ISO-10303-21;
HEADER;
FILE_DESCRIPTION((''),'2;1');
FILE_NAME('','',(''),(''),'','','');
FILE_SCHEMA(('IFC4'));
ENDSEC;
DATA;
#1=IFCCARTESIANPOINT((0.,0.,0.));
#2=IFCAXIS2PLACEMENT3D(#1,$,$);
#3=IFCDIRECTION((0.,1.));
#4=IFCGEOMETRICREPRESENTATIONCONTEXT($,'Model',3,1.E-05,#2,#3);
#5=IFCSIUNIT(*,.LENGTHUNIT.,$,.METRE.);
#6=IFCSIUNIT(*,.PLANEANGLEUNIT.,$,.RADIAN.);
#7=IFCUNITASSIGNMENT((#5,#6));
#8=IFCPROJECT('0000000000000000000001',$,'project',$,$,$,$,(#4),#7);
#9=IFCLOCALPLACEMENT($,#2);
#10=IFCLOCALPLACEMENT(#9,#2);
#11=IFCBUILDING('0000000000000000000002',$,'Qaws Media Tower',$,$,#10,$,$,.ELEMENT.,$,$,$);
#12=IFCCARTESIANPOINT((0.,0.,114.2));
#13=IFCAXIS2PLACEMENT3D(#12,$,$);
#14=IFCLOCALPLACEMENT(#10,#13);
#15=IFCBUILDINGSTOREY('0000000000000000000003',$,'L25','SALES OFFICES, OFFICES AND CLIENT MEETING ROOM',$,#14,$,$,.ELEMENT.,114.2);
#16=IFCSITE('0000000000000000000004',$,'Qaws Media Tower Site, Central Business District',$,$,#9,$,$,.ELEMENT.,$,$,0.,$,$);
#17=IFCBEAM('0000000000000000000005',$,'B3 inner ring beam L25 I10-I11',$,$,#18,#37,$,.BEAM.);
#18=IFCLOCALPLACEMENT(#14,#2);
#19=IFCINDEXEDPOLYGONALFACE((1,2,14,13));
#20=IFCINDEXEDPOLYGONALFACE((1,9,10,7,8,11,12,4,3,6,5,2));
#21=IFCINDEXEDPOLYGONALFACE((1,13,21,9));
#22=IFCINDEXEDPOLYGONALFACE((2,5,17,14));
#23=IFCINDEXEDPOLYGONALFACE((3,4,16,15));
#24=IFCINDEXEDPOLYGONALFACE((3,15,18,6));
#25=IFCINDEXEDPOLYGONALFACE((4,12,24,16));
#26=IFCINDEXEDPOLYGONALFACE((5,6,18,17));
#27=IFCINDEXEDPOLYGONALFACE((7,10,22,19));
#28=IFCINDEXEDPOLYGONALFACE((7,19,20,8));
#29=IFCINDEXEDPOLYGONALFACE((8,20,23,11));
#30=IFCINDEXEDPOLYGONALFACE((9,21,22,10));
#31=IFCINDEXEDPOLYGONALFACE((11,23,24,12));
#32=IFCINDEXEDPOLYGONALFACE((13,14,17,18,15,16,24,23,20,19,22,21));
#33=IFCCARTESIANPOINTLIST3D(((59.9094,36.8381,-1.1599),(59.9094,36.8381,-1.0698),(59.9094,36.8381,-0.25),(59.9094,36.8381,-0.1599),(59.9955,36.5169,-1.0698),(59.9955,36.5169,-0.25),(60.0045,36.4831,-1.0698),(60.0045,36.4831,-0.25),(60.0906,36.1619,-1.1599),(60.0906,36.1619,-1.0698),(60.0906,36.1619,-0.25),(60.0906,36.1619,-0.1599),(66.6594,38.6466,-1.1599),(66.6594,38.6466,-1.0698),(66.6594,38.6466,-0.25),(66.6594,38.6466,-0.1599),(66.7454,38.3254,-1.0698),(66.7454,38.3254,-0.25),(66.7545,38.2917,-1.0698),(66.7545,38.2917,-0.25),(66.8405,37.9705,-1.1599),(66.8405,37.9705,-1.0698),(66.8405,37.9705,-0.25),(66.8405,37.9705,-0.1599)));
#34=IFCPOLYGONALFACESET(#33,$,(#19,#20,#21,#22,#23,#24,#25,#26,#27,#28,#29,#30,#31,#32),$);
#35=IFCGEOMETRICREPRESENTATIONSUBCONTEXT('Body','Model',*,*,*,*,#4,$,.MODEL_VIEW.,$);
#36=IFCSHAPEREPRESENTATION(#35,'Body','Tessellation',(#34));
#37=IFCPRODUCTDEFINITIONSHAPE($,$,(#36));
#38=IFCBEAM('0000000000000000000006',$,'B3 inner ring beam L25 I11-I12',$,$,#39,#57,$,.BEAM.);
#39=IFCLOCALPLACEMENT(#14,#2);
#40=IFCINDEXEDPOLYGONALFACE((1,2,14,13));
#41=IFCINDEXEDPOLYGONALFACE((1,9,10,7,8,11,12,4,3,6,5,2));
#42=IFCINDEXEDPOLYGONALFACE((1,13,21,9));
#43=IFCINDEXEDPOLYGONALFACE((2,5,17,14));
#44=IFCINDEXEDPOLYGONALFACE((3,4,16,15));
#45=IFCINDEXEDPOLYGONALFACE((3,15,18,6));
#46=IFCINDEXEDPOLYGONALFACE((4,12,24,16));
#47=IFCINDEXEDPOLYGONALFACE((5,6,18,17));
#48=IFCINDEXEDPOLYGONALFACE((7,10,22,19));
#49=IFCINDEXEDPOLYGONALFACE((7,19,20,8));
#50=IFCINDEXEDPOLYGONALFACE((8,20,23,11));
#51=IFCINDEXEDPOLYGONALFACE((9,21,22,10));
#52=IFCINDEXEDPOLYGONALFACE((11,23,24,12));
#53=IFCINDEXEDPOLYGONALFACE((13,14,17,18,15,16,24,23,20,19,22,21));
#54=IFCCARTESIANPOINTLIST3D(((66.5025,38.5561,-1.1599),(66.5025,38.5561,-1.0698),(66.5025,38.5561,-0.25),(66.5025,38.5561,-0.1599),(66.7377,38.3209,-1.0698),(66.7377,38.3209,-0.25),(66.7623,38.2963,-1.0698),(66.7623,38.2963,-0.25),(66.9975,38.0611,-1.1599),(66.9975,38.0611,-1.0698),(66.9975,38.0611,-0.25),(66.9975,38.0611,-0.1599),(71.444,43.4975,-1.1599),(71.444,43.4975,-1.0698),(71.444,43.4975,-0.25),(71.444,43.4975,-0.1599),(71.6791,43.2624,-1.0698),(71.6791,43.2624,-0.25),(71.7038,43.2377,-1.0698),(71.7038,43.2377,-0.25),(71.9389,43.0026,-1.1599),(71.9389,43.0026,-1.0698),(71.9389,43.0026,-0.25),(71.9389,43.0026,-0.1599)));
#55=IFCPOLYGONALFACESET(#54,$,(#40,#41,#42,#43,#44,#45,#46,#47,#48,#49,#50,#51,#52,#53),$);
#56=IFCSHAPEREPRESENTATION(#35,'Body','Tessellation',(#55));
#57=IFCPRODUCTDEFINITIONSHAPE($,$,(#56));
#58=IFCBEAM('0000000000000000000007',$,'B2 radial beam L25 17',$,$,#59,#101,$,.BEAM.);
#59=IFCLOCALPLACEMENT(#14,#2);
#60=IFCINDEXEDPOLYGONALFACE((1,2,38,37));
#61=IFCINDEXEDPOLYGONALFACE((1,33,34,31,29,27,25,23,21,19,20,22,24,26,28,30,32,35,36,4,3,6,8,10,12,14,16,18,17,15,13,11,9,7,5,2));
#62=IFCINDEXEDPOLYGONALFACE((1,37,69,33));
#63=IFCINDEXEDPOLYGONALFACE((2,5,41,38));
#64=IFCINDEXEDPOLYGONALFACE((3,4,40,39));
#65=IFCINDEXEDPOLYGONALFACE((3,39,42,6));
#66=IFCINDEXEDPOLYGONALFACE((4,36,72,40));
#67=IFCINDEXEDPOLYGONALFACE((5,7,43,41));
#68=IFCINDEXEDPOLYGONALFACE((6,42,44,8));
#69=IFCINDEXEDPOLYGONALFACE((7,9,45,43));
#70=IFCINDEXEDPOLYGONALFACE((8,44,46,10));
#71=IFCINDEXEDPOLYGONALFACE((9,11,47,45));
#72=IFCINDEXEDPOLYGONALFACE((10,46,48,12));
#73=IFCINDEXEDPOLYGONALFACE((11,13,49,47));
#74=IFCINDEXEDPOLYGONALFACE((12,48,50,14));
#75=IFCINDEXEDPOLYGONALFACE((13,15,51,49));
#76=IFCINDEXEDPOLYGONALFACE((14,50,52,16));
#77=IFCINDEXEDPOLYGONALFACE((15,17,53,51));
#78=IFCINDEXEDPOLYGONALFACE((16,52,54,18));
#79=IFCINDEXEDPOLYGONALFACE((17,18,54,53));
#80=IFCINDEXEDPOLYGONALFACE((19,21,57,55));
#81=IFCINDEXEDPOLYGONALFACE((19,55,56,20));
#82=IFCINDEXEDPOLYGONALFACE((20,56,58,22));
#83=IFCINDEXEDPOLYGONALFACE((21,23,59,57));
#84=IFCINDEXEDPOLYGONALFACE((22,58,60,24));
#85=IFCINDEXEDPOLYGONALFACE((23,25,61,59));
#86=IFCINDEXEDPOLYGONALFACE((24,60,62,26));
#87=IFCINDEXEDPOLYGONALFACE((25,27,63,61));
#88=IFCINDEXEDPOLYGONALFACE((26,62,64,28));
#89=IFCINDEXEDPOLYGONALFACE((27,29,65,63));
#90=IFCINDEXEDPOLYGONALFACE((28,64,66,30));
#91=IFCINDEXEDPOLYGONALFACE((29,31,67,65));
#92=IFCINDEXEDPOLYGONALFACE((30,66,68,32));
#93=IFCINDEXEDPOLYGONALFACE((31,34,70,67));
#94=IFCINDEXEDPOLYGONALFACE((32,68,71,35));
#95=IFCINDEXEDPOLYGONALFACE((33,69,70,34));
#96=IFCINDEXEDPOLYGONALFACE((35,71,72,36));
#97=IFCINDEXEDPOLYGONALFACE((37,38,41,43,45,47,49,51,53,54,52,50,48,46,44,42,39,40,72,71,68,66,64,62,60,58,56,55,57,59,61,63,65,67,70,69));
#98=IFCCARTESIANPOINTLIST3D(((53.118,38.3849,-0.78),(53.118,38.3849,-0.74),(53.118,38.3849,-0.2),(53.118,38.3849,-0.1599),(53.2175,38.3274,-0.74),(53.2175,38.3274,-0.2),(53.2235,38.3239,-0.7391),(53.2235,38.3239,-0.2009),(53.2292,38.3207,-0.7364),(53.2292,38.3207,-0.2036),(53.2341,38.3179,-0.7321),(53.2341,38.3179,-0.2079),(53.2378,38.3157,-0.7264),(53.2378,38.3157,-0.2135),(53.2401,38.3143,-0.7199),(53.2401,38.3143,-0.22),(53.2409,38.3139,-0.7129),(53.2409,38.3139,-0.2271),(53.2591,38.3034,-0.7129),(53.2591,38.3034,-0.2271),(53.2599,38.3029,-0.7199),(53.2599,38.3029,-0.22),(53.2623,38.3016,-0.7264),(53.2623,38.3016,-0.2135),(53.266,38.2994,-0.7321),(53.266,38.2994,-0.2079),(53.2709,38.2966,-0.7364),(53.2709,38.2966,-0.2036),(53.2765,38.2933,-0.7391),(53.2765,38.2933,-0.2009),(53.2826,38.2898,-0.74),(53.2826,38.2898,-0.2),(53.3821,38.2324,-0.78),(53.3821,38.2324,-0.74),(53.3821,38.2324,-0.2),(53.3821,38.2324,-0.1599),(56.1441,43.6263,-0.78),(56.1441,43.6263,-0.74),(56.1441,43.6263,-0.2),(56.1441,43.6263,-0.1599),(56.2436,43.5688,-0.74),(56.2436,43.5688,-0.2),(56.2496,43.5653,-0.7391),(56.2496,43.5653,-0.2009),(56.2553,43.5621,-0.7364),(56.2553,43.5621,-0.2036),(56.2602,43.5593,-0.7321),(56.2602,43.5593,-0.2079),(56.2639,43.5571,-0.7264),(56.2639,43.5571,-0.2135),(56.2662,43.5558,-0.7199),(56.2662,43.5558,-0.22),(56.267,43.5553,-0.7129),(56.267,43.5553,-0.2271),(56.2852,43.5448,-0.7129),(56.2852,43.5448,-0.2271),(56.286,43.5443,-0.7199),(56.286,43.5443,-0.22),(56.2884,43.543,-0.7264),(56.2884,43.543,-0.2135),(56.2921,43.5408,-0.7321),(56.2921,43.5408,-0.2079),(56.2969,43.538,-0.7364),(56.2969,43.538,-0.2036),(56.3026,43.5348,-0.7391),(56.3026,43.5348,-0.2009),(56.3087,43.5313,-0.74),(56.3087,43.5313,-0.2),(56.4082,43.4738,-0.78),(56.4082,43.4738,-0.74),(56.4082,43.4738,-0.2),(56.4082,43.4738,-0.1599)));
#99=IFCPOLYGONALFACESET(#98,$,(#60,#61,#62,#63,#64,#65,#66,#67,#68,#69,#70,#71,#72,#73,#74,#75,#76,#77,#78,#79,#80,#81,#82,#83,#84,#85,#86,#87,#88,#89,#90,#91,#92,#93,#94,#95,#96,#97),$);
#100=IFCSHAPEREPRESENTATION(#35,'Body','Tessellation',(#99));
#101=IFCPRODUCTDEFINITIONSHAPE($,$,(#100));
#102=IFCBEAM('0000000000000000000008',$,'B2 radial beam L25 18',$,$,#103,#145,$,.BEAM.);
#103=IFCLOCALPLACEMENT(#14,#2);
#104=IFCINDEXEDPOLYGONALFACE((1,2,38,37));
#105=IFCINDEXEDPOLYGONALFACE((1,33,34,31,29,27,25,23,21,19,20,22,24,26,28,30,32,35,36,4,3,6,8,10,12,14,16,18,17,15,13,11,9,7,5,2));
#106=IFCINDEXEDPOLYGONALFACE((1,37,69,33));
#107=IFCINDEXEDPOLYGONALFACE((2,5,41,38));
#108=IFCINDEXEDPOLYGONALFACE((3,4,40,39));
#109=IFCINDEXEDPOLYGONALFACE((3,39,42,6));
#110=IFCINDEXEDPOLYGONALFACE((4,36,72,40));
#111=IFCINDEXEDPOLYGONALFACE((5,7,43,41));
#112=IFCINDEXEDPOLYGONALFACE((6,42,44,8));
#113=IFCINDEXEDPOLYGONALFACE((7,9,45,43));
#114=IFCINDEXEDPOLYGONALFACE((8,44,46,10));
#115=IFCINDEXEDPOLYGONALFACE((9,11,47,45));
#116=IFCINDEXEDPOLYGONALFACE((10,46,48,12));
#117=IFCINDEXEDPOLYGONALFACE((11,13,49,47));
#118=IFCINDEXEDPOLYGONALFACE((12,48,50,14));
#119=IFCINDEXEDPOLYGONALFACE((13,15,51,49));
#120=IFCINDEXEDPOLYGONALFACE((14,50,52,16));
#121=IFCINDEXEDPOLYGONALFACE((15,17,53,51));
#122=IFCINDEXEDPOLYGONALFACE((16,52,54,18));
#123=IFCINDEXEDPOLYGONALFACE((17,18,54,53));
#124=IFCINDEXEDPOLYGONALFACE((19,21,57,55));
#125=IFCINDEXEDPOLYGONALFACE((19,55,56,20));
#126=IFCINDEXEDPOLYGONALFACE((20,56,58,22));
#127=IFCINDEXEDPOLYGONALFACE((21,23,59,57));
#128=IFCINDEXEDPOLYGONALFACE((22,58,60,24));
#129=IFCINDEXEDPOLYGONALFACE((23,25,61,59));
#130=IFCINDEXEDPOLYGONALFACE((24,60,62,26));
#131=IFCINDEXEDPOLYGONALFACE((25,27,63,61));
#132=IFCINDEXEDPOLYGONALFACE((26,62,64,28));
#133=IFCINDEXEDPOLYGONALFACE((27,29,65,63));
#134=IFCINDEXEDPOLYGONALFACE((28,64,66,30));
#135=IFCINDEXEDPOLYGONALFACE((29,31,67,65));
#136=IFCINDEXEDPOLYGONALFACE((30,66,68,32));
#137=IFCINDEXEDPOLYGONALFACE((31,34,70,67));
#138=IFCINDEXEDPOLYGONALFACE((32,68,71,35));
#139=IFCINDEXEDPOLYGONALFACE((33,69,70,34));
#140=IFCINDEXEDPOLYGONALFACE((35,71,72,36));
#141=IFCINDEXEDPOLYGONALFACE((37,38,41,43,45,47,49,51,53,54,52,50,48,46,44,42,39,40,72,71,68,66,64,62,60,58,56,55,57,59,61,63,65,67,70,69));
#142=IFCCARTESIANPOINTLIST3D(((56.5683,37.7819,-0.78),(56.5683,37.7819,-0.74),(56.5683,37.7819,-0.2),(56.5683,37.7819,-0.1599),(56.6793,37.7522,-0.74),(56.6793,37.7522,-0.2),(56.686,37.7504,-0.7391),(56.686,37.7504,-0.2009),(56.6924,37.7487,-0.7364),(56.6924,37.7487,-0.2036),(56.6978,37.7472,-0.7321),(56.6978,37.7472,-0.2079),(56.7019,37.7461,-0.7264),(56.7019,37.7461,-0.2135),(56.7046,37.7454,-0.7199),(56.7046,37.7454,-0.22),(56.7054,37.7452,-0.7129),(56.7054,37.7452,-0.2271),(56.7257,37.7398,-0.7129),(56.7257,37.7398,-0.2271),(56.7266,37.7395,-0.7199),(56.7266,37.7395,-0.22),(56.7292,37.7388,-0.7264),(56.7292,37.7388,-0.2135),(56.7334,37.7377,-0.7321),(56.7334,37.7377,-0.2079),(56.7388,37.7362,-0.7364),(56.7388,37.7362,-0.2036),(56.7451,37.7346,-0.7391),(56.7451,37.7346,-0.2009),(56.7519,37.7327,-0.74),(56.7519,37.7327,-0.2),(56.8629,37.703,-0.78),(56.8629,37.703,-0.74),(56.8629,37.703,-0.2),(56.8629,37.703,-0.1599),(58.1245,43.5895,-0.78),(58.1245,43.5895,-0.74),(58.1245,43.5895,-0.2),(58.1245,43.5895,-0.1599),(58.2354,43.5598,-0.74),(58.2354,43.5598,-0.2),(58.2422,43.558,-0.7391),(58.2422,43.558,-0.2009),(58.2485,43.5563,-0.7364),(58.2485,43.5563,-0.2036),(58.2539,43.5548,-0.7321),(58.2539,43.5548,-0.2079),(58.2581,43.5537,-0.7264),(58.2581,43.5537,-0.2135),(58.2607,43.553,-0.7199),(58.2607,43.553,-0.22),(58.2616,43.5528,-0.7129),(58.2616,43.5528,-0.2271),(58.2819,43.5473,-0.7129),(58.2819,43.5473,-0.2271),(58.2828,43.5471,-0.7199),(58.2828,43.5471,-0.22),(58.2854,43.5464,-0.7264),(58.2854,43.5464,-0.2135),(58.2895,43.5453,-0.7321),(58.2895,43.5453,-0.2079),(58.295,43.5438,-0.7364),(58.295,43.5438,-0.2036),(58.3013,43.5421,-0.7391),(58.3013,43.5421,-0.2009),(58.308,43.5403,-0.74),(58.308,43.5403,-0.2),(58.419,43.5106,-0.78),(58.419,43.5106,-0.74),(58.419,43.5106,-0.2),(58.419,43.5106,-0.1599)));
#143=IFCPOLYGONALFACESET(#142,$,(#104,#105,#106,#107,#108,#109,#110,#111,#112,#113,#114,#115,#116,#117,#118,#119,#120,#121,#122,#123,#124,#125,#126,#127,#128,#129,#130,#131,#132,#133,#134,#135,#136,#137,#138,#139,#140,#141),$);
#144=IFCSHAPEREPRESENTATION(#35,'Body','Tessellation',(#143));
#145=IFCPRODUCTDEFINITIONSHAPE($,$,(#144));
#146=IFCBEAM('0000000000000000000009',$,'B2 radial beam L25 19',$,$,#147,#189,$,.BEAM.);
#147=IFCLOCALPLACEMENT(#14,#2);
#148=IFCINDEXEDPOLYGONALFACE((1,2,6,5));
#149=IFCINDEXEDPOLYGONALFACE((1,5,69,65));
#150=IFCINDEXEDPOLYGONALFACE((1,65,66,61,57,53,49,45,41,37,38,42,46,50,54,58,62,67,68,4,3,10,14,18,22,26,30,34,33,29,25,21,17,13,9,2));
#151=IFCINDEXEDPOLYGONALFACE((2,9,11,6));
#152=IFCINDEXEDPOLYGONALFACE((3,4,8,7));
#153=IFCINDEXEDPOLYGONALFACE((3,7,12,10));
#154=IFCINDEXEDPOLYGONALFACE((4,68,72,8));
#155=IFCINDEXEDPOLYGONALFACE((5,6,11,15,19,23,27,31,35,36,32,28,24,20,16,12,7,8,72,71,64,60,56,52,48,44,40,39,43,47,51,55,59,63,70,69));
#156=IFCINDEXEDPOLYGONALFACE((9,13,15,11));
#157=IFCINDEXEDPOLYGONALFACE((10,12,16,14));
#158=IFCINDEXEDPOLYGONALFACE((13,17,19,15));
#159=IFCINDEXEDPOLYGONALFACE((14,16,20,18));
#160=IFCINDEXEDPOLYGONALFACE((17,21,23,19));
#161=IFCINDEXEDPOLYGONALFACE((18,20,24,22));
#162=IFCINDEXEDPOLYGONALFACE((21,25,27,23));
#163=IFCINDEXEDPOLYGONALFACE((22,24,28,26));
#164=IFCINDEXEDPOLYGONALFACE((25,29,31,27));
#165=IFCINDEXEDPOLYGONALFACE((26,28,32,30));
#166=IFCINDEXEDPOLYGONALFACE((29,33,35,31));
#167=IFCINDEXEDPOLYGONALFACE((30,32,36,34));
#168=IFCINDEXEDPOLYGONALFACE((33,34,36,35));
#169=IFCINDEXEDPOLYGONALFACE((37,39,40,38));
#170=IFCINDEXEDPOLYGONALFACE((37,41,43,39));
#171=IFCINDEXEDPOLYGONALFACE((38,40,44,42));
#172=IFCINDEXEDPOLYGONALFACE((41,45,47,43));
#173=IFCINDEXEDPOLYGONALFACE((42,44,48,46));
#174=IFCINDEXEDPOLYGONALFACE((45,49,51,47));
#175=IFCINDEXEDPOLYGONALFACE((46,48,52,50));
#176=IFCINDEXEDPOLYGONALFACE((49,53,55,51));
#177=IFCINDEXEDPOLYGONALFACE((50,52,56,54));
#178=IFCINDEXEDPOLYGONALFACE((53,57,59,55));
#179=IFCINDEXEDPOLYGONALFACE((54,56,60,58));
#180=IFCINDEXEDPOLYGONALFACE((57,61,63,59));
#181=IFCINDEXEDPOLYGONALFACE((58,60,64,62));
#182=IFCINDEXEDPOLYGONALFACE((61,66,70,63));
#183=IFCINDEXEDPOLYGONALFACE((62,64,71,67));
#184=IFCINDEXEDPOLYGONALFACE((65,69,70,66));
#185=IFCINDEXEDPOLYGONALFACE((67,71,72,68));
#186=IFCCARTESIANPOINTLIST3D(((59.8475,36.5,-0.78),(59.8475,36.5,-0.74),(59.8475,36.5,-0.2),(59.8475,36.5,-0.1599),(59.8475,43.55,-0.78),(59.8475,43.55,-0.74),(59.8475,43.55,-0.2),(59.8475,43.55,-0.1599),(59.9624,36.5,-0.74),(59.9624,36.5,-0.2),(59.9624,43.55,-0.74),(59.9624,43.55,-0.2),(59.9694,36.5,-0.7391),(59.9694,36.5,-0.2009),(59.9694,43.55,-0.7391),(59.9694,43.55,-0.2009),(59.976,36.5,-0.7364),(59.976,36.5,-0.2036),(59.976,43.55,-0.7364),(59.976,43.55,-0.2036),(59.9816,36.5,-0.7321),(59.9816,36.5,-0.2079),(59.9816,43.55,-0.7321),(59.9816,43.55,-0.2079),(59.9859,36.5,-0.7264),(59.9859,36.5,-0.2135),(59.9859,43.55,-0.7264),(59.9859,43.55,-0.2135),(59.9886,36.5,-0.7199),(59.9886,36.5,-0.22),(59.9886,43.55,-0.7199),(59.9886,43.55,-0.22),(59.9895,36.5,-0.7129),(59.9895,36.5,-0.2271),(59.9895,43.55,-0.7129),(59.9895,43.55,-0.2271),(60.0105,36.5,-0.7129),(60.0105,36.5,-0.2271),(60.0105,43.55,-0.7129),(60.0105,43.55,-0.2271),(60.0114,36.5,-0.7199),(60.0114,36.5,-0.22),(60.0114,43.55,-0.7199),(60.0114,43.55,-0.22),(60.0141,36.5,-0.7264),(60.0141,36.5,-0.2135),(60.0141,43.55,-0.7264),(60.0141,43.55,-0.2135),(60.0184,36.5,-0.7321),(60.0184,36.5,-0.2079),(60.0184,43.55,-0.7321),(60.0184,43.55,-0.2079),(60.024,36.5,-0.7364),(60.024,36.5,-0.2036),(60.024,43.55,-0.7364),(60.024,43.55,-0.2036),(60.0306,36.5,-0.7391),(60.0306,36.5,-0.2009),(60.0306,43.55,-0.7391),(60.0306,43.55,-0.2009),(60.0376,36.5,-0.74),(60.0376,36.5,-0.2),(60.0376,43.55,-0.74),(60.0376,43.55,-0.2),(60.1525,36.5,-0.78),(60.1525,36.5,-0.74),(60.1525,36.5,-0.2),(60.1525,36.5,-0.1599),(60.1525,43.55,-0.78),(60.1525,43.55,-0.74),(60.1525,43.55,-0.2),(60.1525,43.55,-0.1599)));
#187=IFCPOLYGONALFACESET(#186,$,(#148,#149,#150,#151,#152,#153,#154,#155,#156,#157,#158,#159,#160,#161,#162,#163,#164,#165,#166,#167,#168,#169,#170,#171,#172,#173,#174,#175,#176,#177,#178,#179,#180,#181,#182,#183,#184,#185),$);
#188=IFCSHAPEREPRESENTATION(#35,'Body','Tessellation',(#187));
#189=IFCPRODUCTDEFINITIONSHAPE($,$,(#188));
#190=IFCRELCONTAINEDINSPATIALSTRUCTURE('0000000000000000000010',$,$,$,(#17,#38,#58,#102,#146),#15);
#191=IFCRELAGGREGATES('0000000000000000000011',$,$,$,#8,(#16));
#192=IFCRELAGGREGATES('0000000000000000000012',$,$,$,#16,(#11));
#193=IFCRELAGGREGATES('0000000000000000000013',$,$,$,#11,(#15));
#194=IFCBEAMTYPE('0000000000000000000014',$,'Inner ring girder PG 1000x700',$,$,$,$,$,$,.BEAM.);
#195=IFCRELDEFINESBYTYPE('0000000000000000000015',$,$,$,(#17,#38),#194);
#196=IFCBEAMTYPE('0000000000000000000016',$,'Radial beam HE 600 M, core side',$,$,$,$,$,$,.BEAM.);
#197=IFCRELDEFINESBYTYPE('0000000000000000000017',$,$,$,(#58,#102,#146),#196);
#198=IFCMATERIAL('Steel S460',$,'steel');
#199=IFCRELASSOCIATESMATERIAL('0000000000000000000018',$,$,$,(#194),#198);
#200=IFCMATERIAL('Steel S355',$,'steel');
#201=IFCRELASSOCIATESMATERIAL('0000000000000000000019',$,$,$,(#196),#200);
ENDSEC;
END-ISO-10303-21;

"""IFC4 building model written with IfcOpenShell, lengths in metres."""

from ifc_helpers import new_model, si_unit, direction, frame, origin, origin_2d, place, context, subcontext, project, spatial, i_section, extrude, material, material_profile, profile_set, type_object, element, save


model = new_model("IFC4")

# Units and contexts
model_context = context("Model", 3, precision=1e-05, world=origin(), true_north=direction((0.0, 1.0)))
body_context = subcontext(model_context, "Body", "Model", "MODEL_VIEW")
ifc_project = project(units=[si_unit("LENGTHUNIT", "METRE"), si_unit("PLANEANGLEUNIT", "RADIAN")], contexts=[model_context])

# Site, building, storey
site_placement = place(None, origin())
site = spatial("IfcSite", under=ifc_project, at=site_placement, Name="Qaws Media Tower Site, Central Business District", CompositionType="ELEMENT", RefElevation=0.0)
building_placement = place(site_placement, origin())
building = spatial("IfcBuilding", under=site, at=building_placement, Name="Qaws Media Tower", CompositionType="ELEMENT")
storey_placement = place(building_placement, frame((0.0, 0.0, 114.2)))
storey = spatial("IfcBuildingStorey", under=building, at=storey_placement, Name="L25", Description="SALES OFFICES, OFFICES AND CLIENT MEETING ROOM", CompositionType="ELEMENT", Elevation=114.2)

# Beams
ifc_material_1 = material(Name="Steel S460", Category="steel")
ifc_material_profile_1 = material_profile(ifc_material_1, i_section(OverallWidth=0.7, OverallDepth=1.0, WebThickness=0.0349, FlangeThickness=0.0901, at=origin_2d()), Name="PG 1000x700")
ifc_profile_set_1 = profile_set([ifc_material_profile_1], Name="Steel S460")
beam_type_1 = type_object("IfcBeamType", Name="Inner ring girder PG 1000x700", PredefinedType="BEAM", material=ifc_profile_set_1)
beam_1_placement = place(storey_placement, frame((60.0, 36.5, -0.6599), z_axis=(0.965928, 0.258811, 0.0), x_axis=(-0.258811, 0.965928, 0.0)))
element("IfcBeam", 1, at=beam_1_placement, inside=storey, type_object=beam_type_1, Name="B3 inner ring beam L25 I10-I11", PredefinedType="BEAM", context=body_context, shape_type="SweptSolid", body=[
    extrude(i_section(OverallWidth=0.7, OverallDepth=1.0, WebThickness=0.0349, FlangeThickness=0.0901, at=origin_2d()), origin(), (0.0, 0.0, 1.0), 6.988),
])
beam_2_placement = place(storey_placement, frame((66.75, 38.3086, -0.6599), z_axis=(0.707107, 0.707107, 0.0), x_axis=(-0.707107, 0.707107, 0.0)))
element("IfcBeam", 2, at=beam_2_placement, inside=storey, type_object=beam_type_1, Name="B3 inner ring beam L25 I11-I12", PredefinedType="BEAM", context=body_context, shape_type="SweptSolid", body=[
    extrude(i_section(OverallWidth=0.7, OverallDepth=1.0, WebThickness=0.0349, FlangeThickness=0.0901, at=origin_2d()), origin(), (0.0, 0.0, 1.0), 6.9883),
])
ifc_material_2 = material(Name="Steel S355", Category="steel")
ifc_material_profile_2 = material_profile(ifc_material_2, i_section(OverallWidth=0.3049, OverallDepth=0.6201, WebThickness=0.021, FlangeThickness=0.04, FilletRadius=0.0271, at=origin_2d()), Name="HE 600 M")
ifc_profile_set_2 = profile_set([ifc_material_profile_2], Name="Steel S355")
beam_type_2 = type_object("IfcBeamType", Name="Radial beam HE 600 M, core side", PredefinedType="BEAM", material=ifc_profile_set_2)
beam_3_placement = place(storey_placement, frame((56.2761, 43.55, -0.47), z_axis=(-0.499996, -0.866028, 0.0), x_axis=(0.866028, -0.499996, 0.0)))
element("IfcBeam", 3, at=beam_3_placement, inside=storey, type_object=beam_type_2, Name="B2 radial beam L25 17", PredefinedType="BEAM", context=body_context, shape_type="SweptSolid", body=[
    extrude(i_section(OverallWidth=0.3049, OverallDepth=0.6201, WebThickness=0.021, FlangeThickness=0.04, FilletRadius=0.0271, at=origin_2d()), origin(), (0.0, 0.0, 1.0), 6.0522),
])
beam_4_placement = place(storey_placement, frame((58.2717, 43.55, -0.47), z_axis=(-0.25882, -0.965926, 0.0), x_axis=(0.965926, -0.25882, 0.0)))
element("IfcBeam", 4, at=beam_4_placement, inside=storey, type_object=beam_type_2, Name="B2 radial beam L25 18", PredefinedType="BEAM", context=body_context, shape_type="SweptSolid", body=[
    extrude(i_section(OverallWidth=0.3049, OverallDepth=0.6201, WebThickness=0.021, FlangeThickness=0.04, FilletRadius=0.0271, at=origin_2d()), origin(), (0.0, 0.0, 1.0), 6.0125),
])
beam_5_placement = place(storey_placement, frame((60.0, 43.55, -0.47), z_axis=(0.0, -1.0, 0.0), x_axis=(1.0, 0.0, 0.0)))
element("IfcBeam", 5, at=beam_5_placement, inside=storey, type_object=beam_type_2, Name="B2 radial beam L25 19", PredefinedType="BEAM", context=body_context, shape_type="SweptSolid", body=[
    extrude(i_section(OverallWidth=0.3049, OverallDepth=0.6201, WebThickness=0.021, FlangeThickness=0.04, FilletRadius=0.0271, at=origin_2d()), origin(), (0.0, 0.0, 1.0), 7.05),
])

save(model, "model.ifc")
